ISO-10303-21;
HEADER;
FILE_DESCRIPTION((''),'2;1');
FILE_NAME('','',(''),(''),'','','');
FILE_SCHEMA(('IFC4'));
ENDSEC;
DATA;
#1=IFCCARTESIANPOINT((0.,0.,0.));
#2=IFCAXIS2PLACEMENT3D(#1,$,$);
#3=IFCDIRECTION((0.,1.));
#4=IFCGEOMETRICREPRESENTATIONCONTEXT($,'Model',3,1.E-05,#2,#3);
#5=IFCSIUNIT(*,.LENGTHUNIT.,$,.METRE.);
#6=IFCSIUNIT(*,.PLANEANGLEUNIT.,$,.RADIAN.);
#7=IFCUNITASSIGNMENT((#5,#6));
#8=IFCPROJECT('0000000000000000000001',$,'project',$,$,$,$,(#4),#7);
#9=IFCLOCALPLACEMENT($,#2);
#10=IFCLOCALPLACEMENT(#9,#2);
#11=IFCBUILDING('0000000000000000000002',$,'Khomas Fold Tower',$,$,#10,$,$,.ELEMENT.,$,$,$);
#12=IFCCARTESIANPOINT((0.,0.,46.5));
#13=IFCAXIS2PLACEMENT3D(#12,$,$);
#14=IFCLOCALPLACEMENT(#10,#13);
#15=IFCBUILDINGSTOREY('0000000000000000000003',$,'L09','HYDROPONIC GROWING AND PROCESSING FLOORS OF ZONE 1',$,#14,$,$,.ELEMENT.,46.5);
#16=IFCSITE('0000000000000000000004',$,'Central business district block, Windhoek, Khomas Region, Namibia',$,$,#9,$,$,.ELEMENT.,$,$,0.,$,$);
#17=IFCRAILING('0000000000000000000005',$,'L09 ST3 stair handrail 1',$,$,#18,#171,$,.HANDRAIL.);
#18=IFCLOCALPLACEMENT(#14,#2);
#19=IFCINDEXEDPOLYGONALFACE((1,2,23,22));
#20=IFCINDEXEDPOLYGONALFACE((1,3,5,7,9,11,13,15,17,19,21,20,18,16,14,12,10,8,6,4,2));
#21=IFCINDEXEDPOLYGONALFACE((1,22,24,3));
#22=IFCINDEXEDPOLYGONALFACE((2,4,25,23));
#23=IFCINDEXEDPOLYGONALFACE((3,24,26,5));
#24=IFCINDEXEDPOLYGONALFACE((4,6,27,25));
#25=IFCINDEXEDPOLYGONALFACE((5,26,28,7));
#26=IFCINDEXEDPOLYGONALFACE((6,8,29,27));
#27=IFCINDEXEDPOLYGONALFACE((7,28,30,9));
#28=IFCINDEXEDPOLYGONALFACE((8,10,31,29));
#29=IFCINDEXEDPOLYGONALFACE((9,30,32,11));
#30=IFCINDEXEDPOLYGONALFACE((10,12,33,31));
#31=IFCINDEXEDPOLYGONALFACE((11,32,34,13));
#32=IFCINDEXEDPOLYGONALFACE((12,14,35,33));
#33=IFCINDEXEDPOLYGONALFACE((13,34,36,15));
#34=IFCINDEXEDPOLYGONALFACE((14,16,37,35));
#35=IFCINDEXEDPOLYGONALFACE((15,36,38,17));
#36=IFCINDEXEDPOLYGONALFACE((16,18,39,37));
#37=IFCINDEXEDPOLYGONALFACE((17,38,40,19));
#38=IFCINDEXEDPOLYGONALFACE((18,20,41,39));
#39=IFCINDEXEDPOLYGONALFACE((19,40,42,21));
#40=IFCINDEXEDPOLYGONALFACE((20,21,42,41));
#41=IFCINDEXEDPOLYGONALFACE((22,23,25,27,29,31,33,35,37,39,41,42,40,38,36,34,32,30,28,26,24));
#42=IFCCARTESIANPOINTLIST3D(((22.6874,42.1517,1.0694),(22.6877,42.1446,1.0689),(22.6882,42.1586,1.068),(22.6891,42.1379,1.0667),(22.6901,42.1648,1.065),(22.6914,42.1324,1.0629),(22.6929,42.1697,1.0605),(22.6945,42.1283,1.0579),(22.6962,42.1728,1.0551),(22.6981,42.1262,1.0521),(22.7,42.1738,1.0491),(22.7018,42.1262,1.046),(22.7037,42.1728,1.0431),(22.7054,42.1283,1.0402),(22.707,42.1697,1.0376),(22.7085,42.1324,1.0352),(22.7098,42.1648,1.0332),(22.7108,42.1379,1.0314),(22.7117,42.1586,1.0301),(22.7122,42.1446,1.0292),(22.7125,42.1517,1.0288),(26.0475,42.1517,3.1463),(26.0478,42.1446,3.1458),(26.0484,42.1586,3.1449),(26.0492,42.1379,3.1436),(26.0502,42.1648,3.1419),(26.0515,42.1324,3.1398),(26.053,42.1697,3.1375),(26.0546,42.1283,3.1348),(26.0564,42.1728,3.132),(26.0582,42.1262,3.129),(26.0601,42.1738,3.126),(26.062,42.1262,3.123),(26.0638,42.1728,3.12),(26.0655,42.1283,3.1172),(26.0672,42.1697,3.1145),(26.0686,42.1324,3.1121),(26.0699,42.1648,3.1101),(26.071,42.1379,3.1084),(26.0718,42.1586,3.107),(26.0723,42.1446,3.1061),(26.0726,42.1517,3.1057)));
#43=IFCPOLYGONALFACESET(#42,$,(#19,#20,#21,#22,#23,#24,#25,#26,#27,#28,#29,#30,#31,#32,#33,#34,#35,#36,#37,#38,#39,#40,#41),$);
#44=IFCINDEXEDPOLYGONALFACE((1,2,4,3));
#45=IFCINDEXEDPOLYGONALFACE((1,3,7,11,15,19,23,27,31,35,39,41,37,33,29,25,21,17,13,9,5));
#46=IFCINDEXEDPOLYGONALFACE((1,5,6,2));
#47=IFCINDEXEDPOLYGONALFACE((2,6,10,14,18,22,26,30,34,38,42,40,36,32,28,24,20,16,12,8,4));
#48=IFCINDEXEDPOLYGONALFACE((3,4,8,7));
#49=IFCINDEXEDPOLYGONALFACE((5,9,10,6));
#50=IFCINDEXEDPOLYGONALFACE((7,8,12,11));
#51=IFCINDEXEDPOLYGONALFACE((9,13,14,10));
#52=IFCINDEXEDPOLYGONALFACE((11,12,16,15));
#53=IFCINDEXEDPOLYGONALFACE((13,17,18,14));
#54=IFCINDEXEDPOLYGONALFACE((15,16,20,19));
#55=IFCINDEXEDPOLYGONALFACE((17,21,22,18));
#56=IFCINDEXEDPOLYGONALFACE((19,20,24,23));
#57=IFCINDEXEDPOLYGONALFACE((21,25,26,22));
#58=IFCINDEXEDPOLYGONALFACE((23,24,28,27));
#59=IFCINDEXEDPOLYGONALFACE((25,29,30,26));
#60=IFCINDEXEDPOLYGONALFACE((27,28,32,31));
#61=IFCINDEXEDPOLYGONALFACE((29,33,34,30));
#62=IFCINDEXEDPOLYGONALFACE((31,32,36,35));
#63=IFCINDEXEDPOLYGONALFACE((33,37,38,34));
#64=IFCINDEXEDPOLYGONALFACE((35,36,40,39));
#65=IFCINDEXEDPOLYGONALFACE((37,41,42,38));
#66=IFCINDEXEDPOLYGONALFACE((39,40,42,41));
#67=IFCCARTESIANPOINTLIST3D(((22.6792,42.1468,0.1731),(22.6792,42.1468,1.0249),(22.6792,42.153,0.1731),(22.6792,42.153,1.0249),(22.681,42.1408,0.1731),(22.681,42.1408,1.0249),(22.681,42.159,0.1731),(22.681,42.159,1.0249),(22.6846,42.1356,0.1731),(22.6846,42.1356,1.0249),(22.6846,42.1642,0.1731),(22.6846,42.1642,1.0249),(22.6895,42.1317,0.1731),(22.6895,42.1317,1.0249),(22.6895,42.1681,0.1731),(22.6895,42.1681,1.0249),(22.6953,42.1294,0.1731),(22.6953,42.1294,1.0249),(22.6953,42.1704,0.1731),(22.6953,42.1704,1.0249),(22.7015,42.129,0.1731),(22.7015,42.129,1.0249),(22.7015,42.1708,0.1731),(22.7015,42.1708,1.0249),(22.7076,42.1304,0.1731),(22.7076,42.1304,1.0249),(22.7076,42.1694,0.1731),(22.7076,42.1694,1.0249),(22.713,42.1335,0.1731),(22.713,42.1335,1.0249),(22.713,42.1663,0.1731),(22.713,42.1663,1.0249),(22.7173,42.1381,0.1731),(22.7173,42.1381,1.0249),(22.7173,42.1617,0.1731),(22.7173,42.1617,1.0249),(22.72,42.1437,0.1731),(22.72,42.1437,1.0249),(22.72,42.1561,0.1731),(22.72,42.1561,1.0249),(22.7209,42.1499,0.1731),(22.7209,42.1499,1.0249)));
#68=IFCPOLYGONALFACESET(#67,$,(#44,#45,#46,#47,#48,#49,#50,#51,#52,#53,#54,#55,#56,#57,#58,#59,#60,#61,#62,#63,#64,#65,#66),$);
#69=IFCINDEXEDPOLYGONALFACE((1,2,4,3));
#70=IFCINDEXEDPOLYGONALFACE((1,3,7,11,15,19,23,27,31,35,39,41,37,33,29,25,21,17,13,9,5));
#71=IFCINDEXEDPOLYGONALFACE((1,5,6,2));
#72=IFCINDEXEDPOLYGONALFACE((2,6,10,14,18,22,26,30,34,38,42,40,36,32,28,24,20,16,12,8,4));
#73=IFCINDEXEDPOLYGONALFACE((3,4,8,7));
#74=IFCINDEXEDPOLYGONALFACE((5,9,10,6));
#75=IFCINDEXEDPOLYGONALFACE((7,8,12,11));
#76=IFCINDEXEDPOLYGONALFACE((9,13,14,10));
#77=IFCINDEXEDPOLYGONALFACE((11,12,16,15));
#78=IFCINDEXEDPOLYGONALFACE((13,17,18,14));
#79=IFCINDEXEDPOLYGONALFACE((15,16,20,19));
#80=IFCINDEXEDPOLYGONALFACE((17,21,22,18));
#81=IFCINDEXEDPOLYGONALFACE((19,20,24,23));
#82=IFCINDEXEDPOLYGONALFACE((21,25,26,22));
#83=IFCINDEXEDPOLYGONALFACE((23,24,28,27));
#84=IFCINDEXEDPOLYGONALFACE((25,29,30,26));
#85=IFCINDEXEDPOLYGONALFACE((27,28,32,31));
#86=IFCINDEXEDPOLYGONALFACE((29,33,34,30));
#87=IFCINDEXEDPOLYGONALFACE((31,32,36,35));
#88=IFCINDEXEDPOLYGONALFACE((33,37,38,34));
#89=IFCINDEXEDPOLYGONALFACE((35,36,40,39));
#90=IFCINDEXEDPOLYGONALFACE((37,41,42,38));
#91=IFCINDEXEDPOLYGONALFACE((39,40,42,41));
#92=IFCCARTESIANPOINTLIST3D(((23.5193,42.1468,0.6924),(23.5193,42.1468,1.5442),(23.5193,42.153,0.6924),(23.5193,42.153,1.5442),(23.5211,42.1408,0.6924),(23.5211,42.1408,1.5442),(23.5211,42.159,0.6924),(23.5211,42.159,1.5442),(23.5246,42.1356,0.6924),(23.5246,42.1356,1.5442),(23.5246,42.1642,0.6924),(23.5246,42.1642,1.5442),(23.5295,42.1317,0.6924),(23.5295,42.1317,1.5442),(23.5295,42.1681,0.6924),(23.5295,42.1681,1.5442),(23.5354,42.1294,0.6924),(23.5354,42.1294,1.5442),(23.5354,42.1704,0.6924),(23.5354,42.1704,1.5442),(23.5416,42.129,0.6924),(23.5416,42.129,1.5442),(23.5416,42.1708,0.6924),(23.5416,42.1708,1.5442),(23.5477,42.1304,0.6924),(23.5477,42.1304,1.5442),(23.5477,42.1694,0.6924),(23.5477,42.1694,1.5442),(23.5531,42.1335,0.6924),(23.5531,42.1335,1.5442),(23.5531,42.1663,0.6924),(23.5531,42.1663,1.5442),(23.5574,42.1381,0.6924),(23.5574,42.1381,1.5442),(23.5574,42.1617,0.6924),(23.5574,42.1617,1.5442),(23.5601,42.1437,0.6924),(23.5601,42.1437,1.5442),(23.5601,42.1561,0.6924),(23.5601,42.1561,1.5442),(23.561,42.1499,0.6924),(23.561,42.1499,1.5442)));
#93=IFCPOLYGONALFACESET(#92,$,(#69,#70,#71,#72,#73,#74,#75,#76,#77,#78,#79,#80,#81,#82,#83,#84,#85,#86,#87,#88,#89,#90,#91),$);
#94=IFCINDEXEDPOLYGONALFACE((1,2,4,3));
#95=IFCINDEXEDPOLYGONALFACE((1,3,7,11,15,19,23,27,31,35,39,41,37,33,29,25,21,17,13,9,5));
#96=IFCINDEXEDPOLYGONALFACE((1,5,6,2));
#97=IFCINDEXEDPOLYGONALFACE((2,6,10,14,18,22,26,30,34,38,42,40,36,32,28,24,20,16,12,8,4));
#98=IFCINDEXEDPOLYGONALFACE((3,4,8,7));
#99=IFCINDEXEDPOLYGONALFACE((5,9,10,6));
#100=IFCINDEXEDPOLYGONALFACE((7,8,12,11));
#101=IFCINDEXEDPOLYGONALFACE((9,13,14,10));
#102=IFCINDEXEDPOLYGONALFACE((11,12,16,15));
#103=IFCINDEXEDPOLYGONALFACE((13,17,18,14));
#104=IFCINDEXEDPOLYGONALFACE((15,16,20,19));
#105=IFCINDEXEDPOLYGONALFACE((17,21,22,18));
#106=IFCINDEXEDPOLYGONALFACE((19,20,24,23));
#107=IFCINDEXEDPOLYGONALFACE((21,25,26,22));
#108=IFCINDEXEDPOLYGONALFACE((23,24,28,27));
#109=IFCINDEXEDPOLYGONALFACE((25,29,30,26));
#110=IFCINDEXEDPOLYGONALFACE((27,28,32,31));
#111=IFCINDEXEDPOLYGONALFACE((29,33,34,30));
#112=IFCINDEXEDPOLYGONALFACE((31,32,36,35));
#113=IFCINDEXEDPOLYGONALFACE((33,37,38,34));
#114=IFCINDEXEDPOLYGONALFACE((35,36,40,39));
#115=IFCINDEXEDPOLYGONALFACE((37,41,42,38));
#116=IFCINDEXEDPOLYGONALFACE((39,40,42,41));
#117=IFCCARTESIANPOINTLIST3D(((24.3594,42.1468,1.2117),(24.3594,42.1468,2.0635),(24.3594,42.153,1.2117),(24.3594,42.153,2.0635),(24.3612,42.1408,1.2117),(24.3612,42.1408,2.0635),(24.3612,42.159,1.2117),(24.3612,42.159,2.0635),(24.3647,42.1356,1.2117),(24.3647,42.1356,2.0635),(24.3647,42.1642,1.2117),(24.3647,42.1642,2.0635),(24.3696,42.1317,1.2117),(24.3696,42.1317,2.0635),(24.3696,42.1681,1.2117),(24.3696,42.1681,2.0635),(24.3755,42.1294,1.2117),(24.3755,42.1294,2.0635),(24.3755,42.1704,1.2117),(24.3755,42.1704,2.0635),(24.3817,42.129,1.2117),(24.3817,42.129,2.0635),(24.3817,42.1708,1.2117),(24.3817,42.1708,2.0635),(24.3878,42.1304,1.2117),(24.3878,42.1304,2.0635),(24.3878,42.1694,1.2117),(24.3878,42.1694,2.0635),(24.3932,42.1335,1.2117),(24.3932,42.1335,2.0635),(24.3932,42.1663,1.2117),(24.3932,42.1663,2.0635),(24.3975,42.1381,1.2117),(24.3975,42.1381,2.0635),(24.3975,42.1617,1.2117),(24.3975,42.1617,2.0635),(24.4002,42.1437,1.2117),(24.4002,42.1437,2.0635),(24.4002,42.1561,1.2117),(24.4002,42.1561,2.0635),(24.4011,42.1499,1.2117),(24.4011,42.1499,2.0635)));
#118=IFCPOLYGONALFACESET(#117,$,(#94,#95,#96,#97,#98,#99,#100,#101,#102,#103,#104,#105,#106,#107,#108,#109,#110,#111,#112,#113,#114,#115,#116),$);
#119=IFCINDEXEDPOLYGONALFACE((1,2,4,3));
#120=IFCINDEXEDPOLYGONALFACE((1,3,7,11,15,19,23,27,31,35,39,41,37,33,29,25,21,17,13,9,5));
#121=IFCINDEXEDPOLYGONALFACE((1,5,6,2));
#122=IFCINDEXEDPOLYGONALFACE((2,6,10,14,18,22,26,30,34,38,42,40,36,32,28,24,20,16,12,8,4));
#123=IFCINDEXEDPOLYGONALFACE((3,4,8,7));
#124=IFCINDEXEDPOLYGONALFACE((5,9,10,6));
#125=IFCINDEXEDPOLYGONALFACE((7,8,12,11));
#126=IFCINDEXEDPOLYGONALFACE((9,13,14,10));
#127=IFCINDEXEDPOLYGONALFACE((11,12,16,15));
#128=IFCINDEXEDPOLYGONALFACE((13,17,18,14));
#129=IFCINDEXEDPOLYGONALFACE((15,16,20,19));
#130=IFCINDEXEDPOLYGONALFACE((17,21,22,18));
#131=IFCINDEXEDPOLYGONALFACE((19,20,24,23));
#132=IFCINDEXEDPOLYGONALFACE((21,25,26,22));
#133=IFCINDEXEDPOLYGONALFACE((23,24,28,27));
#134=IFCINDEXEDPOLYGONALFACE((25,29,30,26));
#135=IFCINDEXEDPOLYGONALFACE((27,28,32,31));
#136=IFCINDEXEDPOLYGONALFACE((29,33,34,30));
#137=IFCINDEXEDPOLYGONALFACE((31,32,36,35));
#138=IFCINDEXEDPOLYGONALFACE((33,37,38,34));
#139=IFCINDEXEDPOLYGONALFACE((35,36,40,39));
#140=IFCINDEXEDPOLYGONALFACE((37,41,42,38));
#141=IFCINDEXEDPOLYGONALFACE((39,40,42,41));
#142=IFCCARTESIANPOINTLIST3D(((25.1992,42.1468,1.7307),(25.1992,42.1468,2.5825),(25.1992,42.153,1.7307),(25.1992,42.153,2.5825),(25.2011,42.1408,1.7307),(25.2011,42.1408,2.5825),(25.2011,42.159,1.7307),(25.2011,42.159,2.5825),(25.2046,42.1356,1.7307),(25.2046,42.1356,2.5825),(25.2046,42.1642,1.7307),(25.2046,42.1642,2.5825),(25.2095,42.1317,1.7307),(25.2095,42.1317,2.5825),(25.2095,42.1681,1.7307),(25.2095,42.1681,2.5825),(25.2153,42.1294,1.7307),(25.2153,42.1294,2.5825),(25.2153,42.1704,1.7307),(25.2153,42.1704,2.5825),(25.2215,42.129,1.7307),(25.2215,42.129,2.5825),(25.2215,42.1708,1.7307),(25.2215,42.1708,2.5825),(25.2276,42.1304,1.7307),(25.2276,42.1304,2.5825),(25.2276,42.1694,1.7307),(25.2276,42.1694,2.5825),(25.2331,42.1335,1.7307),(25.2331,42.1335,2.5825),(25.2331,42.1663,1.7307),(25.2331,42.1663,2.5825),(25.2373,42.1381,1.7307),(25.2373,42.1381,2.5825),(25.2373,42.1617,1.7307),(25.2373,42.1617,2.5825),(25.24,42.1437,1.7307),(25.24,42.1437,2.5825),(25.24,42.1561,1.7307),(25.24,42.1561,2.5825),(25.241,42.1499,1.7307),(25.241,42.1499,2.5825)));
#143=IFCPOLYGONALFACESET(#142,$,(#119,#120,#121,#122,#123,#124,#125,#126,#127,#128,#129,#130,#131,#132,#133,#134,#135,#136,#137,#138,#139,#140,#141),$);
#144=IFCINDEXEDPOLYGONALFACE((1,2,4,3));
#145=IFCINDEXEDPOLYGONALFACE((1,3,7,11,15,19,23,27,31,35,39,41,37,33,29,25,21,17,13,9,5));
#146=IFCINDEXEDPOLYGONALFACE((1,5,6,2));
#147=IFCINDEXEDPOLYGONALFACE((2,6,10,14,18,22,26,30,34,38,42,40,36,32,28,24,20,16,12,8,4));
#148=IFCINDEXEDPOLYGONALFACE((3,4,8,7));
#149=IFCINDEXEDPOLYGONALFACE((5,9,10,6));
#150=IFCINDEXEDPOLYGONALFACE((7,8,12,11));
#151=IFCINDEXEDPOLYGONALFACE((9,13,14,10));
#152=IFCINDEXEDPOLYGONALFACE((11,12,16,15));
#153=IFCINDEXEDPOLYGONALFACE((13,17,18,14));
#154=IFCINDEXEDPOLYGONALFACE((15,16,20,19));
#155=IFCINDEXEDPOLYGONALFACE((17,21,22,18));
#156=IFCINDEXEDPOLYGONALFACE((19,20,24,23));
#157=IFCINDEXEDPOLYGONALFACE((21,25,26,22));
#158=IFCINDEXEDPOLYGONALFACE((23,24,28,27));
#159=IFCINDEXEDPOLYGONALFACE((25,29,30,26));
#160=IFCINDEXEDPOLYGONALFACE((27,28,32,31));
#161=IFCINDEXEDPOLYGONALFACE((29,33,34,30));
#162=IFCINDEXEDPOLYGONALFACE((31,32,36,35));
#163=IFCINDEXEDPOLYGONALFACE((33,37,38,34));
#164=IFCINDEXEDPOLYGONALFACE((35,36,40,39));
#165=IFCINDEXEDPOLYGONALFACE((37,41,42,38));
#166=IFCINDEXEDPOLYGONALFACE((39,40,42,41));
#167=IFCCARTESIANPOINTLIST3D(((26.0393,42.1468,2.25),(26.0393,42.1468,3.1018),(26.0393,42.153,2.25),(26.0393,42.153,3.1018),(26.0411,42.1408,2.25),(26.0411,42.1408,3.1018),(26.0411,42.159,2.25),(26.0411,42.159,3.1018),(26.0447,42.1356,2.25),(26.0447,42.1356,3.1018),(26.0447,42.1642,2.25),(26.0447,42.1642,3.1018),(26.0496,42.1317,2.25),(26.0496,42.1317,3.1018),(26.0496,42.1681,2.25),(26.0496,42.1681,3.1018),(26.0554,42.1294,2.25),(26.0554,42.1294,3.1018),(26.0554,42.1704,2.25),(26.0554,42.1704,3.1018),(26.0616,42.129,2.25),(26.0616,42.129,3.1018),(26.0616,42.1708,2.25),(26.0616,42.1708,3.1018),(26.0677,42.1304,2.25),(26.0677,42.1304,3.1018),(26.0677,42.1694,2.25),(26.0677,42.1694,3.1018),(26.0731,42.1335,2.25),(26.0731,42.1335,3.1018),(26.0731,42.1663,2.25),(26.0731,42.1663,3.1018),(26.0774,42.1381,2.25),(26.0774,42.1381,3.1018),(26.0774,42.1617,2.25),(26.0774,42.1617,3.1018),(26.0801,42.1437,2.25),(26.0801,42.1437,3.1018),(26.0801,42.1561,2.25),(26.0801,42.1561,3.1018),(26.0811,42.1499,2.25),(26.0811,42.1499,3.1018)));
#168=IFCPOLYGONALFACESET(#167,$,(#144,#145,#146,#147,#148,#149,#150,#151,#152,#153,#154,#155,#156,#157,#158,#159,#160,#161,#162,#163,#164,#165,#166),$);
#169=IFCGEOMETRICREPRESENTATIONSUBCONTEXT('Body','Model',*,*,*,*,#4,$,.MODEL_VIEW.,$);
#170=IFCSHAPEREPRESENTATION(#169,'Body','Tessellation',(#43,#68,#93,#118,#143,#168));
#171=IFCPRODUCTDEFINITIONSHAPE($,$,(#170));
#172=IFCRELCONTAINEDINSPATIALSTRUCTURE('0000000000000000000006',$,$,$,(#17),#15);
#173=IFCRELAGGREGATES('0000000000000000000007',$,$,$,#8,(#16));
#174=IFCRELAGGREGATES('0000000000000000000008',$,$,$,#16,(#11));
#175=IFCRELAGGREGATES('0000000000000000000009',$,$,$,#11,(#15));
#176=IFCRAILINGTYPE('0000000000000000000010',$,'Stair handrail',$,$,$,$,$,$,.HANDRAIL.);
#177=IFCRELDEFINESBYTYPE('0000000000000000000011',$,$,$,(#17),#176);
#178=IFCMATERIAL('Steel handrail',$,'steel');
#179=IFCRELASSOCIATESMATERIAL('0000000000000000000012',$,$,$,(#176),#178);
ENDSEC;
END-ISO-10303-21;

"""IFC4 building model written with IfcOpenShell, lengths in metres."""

from ifc_helpers import new_model, si_unit, direction, frame, origin, origin_2d, place, context, subcontext, project, spatial, circle, extrude, source, transform, mapped, material, type_object, element, save


model = new_model("IFC4")

# Units and contexts
model_context = context("Model", 3, precision=1e-05, world=origin(), true_north=direction((0.0, 1.0)))
body_context = subcontext(model_context, "Body", "Model", "MODEL_VIEW")
ifc_project = project(units=[si_unit("LENGTHUNIT", "METRE"), si_unit("PLANEANGLEUNIT", "RADIAN")], contexts=[model_context])

# Site, building, storey
site_placement = place(None, origin())
site = spatial("IfcSite", under=ifc_project, at=site_placement, Name="Central business district block, Windhoek, Khomas Region, Namibia", CompositionType="ELEMENT", RefElevation=0.0)
building_placement = place(site_placement, origin())
building = spatial("IfcBuilding", under=site, at=building_placement, Name="Khomas Fold Tower", CompositionType="ELEMENT")
storey_placement = place(building_placement, frame((0.0, 0.0, 46.5)))
storey = spatial("IfcBuildingStorey", under=building, at=storey_placement, Name="L09", Description="HYDROPONIC GROWING AND PROCESSING FLOORS OF ZONE 1", CompositionType="ELEMENT", Elevation=46.5)

# Railing
ifc_material_1 = material(Name="Steel handrail", Category="steel")
railing_type_1 = type_object("IfcRailingType", Name="Stair handrail", PredefinedType="HANDRAIL", material=ifc_material_1)
shared_shape_1 = source(origin(), body_context, "Body", "SweptSolid", [
    extrude(circle(Radius=0.0239, at=origin_2d()), frame((0.0, 0.0, 0.876), z_axis=(0.850623, 0.0, 0.525776), x_axis=(0.0, 1.0, 0.0)), (0.0, 0.0, 1.0), 3.9502),
    extrude(circle(Radius=0.021, at=origin_2d()), origin(), (0.0, 0.0, 1.0), 0.8518),
    extrude(circle(Radius=0.021, at=origin_2d()), frame((0.8401, 0.0, 0.5193)), (0.0, 0.0, 1.0), 0.8518),
    extrude(circle(Radius=0.021, at=origin_2d()), frame((1.6802, 0.0, 1.0386)), (0.0, 0.0, 1.0), 0.8518),
    extrude(circle(Radius=0.021, at=origin_2d()), frame((2.52, 0.0, 1.5576)), (0.0, 0.0, 1.0), 0.8518),
    extrude(circle(Radius=0.021, at=origin_2d()), frame((3.3601, 0.0, 2.0769)), (0.0, 0.0, 1.0), 0.8518),
])
railing_1_placement = place(storey_placement, frame((22.7, 42.1499, 0.1731)))
element("IfcRailing", 1, at=railing_1_placement, inside=storey, type_object=railing_type_1, Name="L09 ST3 stair handrail 1", PredefinedType="HANDRAIL", context=body_context, shape_type="MappedRepresentation", body=[
    mapped(shared_shape_1, transform((0.0, 0.0, 0.0))),
])

save(model, "model.ifc")
